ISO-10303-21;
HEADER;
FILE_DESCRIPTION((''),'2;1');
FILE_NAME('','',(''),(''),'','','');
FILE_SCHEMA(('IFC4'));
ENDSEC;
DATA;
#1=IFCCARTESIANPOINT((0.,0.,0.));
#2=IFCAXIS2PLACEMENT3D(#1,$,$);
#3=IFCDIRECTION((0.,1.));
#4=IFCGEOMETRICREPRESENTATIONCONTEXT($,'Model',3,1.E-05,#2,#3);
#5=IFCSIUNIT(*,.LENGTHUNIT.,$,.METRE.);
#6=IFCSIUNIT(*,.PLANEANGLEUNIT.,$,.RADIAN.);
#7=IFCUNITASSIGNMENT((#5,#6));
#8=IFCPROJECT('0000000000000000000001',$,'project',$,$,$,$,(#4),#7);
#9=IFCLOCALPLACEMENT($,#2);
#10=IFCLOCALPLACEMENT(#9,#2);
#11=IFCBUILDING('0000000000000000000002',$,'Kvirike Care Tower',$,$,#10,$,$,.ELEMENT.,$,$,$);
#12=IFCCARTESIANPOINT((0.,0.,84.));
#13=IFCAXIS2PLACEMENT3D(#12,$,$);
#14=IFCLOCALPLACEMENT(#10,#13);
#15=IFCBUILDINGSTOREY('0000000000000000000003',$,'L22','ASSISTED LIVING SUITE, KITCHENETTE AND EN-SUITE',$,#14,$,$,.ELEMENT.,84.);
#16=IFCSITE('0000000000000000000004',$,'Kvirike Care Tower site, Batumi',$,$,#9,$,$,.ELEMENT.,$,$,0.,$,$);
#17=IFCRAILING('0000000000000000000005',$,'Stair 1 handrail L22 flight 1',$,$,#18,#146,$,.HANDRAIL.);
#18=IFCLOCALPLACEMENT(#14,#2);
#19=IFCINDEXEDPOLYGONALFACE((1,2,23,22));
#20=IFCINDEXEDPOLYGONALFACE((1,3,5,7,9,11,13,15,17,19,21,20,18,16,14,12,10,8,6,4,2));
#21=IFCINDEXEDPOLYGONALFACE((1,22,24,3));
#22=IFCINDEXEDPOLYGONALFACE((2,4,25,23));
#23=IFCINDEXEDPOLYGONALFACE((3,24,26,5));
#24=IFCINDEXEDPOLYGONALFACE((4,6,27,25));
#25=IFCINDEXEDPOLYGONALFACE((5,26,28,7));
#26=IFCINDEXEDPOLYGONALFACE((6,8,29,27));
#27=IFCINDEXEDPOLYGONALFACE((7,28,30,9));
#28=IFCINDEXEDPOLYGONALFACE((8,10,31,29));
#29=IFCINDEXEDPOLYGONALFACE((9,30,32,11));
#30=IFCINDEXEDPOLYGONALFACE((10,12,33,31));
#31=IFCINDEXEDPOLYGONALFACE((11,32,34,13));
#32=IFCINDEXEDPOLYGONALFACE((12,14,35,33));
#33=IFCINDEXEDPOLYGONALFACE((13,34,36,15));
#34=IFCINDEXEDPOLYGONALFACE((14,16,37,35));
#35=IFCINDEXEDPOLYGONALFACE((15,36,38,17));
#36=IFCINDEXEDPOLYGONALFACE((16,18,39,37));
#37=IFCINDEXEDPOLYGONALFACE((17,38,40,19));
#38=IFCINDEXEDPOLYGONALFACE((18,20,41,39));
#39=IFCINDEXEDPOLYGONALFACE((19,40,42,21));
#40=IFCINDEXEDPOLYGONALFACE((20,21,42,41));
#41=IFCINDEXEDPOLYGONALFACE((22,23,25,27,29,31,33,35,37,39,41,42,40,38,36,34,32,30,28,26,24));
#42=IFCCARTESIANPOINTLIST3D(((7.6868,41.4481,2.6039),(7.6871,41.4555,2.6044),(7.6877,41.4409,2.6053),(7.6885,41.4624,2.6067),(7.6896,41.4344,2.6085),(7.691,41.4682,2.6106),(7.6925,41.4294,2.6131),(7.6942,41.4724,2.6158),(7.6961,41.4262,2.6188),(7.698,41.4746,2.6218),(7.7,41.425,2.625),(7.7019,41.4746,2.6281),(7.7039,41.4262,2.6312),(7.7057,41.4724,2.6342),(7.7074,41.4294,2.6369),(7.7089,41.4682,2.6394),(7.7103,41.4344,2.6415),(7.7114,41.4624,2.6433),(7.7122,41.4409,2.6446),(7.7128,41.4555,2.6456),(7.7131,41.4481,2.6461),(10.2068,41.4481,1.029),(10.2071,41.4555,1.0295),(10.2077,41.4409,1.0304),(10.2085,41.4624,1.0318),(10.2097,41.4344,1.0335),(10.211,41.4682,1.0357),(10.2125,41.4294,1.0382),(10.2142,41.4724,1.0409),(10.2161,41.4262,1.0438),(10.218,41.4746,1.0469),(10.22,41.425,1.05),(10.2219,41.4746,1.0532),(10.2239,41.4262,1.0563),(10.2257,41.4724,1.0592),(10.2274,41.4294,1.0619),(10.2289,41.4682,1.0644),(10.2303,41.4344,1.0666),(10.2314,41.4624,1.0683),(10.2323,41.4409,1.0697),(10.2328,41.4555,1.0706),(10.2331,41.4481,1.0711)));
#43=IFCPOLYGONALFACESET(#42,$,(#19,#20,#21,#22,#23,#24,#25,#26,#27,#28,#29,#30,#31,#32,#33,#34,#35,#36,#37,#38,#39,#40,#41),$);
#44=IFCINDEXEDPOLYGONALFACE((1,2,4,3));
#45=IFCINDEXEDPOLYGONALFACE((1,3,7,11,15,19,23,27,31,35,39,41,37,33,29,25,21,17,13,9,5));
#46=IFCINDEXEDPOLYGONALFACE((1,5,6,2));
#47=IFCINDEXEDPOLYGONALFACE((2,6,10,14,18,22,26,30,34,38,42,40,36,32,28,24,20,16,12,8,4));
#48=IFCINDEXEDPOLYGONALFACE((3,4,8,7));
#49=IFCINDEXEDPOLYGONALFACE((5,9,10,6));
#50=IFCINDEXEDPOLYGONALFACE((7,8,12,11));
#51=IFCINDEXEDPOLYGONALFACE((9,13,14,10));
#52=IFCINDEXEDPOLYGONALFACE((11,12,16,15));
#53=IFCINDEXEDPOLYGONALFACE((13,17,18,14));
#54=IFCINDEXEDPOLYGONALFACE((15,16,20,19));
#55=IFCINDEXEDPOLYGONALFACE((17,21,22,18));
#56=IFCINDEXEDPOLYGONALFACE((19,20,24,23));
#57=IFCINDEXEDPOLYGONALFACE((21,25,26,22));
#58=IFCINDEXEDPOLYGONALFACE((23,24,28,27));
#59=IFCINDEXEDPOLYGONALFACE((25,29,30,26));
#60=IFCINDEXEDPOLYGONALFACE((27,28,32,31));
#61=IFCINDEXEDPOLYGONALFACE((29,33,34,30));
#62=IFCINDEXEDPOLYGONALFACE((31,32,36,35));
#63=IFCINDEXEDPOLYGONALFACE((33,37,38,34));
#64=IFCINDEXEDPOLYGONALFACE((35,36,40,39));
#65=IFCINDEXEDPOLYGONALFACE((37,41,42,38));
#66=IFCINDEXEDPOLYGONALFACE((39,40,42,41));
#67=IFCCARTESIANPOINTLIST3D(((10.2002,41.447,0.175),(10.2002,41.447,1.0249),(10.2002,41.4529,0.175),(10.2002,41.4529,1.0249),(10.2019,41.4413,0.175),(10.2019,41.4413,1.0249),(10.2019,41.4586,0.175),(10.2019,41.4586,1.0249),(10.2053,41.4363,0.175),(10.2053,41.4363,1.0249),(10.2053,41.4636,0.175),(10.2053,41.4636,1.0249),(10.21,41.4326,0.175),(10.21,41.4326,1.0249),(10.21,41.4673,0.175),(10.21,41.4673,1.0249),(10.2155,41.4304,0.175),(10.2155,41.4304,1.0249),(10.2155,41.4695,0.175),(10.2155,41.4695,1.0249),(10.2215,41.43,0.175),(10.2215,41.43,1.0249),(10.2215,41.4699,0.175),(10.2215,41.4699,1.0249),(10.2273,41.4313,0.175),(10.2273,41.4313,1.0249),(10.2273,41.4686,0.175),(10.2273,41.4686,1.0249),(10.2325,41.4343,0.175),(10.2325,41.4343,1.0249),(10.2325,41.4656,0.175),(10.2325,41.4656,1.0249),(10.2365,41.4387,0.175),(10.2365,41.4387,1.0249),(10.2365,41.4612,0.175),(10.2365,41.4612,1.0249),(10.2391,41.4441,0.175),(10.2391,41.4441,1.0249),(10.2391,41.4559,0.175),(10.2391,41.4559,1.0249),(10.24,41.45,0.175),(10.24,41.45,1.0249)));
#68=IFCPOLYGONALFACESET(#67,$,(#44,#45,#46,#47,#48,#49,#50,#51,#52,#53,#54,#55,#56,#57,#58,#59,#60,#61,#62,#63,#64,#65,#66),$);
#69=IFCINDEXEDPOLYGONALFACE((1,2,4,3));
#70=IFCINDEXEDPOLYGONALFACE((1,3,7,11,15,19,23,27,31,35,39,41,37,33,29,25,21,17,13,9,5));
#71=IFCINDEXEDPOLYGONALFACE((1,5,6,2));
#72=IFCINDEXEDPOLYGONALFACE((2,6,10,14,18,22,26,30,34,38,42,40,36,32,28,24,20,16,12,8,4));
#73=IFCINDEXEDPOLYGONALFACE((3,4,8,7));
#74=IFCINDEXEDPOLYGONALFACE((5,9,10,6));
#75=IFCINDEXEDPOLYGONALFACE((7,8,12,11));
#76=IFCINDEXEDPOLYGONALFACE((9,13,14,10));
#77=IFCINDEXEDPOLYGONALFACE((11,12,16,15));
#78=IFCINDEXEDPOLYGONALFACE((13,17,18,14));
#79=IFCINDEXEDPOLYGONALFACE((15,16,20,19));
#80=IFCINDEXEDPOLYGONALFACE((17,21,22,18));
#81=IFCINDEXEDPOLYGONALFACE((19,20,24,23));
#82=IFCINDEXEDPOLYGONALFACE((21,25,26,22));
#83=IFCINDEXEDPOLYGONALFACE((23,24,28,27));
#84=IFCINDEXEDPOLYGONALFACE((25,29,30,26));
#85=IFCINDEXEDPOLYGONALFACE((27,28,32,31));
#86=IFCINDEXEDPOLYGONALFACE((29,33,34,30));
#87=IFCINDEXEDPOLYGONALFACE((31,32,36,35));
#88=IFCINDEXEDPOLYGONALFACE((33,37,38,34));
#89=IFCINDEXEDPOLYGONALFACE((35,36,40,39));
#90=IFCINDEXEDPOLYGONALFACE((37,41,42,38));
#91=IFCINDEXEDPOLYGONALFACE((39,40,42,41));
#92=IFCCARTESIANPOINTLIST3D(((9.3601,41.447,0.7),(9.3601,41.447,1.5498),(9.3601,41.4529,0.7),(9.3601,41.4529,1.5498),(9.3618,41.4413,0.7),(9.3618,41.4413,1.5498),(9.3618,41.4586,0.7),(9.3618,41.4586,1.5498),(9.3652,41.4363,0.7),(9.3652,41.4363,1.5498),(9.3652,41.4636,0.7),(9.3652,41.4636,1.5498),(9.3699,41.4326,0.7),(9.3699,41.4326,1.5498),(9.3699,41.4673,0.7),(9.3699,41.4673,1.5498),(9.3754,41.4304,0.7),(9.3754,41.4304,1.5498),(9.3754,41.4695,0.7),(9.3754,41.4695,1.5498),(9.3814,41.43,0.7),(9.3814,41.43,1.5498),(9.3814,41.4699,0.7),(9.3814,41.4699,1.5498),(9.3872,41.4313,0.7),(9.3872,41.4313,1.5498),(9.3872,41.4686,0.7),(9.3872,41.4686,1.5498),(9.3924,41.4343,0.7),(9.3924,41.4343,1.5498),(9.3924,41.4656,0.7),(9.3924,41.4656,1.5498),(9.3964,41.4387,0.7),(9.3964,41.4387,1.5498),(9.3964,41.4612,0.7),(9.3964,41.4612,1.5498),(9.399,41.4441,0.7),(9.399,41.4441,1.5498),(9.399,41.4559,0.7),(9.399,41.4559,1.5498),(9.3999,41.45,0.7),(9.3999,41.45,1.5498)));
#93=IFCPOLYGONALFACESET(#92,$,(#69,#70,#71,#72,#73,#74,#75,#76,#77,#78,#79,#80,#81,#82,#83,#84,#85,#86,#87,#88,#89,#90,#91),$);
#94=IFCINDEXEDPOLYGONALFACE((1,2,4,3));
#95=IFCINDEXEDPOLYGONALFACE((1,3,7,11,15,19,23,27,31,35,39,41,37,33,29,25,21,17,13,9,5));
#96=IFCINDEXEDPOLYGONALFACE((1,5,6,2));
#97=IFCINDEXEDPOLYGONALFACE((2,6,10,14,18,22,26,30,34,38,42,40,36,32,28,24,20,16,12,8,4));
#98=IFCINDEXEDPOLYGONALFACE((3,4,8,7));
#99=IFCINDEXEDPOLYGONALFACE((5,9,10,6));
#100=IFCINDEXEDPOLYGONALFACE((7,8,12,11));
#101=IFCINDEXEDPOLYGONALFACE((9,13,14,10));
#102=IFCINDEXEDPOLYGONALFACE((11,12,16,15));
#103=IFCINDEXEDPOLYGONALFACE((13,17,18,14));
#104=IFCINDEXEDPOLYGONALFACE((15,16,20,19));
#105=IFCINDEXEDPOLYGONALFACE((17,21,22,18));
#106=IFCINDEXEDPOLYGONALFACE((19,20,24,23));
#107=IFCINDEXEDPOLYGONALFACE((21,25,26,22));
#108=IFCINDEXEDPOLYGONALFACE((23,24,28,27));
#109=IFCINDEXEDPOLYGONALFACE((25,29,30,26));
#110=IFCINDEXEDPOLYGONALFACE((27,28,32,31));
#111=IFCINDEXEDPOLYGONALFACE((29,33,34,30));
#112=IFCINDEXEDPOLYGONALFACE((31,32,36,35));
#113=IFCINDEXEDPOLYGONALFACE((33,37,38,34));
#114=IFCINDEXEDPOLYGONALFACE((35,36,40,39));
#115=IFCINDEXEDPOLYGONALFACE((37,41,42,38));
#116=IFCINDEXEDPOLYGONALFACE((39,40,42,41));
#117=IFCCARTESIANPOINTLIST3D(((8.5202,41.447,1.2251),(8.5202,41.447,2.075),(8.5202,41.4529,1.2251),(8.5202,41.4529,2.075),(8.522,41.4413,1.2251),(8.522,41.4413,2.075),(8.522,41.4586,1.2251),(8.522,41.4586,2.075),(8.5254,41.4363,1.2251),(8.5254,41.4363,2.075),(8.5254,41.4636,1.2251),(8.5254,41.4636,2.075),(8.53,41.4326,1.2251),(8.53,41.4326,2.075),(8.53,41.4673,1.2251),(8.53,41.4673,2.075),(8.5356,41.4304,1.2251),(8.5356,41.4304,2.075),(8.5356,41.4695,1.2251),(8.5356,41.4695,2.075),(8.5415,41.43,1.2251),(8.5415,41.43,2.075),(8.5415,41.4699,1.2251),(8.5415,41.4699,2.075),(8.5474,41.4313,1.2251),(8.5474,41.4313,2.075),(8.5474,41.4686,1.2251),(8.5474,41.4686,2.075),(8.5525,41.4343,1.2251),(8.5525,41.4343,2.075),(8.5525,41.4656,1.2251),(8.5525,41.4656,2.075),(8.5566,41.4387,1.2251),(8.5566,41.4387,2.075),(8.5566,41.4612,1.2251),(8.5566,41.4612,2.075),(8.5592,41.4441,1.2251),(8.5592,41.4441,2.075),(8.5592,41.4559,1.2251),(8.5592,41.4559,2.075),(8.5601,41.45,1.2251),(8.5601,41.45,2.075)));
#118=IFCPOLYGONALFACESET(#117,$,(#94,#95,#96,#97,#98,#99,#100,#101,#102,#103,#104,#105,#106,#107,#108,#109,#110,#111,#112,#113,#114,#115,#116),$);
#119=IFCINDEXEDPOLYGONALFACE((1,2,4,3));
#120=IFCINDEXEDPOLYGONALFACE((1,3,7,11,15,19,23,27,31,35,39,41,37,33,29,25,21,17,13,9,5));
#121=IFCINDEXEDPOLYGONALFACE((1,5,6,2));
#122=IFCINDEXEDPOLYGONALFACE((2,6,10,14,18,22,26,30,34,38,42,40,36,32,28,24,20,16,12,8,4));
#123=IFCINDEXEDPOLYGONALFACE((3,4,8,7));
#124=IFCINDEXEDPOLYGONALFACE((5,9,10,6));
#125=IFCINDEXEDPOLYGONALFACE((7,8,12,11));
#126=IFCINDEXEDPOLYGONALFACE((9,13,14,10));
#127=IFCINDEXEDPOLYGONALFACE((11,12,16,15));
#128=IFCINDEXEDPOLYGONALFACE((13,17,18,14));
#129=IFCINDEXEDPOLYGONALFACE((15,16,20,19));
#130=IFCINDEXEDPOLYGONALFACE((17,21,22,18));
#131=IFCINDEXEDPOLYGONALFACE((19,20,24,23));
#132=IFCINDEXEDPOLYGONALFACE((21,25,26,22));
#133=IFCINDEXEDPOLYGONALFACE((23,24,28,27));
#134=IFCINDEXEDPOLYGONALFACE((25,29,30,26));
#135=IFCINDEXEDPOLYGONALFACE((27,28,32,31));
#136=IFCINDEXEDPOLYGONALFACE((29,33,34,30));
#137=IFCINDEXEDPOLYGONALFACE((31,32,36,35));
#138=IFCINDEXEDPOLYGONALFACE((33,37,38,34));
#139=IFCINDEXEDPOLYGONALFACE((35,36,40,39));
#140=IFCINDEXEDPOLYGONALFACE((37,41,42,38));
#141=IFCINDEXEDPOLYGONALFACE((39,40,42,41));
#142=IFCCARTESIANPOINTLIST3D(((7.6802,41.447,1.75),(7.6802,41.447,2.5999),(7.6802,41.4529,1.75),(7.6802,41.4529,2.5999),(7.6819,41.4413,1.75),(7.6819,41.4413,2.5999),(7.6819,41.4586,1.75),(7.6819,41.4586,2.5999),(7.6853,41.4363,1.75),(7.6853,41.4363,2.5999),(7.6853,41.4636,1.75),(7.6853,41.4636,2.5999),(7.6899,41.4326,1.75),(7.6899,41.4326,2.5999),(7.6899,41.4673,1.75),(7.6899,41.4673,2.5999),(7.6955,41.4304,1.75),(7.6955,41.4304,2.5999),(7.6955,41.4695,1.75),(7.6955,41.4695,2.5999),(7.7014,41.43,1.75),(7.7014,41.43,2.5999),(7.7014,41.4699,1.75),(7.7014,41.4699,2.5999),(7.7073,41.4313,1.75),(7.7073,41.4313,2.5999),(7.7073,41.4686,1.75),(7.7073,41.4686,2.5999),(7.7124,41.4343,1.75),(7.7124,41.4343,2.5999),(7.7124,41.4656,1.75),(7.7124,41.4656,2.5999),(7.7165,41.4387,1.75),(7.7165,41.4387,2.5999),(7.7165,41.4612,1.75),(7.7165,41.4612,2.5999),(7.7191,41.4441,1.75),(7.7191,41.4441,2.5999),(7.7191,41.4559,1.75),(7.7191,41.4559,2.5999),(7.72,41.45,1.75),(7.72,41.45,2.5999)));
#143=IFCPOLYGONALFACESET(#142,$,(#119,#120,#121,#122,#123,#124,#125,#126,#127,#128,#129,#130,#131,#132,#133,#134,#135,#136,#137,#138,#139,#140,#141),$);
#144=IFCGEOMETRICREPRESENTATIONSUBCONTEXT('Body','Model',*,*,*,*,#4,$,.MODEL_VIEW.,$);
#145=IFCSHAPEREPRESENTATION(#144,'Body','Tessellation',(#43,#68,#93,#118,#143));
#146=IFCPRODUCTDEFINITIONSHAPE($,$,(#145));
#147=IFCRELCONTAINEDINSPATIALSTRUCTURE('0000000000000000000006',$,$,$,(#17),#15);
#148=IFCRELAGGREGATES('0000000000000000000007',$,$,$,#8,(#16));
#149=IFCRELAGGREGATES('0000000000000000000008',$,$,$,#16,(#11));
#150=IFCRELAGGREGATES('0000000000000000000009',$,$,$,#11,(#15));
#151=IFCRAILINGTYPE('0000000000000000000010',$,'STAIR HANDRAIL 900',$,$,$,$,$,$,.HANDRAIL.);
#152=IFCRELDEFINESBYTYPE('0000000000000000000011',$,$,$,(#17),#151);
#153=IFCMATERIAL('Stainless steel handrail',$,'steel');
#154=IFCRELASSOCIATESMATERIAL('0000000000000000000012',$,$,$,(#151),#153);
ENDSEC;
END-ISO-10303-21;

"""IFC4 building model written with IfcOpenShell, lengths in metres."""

from ifc_helpers import new_model, si_unit, direction, frame, origin, origin_2d, place, context, subcontext, project, spatial, circle, extrude, material, type_object, element, save


model = new_model("IFC4")

# Units and contexts
model_context = context("Model", 3, precision=1e-05, world=origin(), true_north=direction((0.0, 1.0)))
body_context = subcontext(model_context, "Body", "Model", "MODEL_VIEW")
ifc_project = project(units=[si_unit("LENGTHUNIT", "METRE"), si_unit("PLANEANGLEUNIT", "RADIAN")], contexts=[model_context])

# Site, building, storey
site_placement = place(None, origin())
site = spatial("IfcSite", under=ifc_project, at=site_placement, Name="Kvirike Care Tower site, Batumi", CompositionType="ELEMENT", RefElevation=0.0)
building_placement = place(site_placement, origin())
building = spatial("IfcBuilding", under=site, at=building_placement, Name="Kvirike Care Tower", CompositionType="ELEMENT")
storey_placement = place(building_placement, frame((0.0, 0.0, 84.0)))
storey = spatial("IfcBuildingStorey", under=building, at=storey_placement, Name="L22", Description="ASSISTED LIVING SUITE, KITCHENETTE AND EN-SUITE", CompositionType="ELEMENT", Elevation=84.0)

# Railing
ifc_material_1 = material(Name="Stainless steel handrail", Category="steel")
railing_type = type_object("IfcRailingType", Name="STAIR HANDRAIL 900", PredefinedType="HANDRAIL", material=ifc_material_1)
railing_1_placement = place(storey_placement, frame((10.22, 41.45, 0.175)))
element("IfcRailing", 1, at=railing_1_placement, inside=storey, type_object=railing_type, Name="Stair 1 handrail L22 flight 1", PredefinedType="HANDRAIL", context=body_context, shape_type="SweptSolid", body=[
    extrude(circle(Radius=0.0249, at=origin_2d()), frame((0.0, 0.0, 0.875), z_axis=(-0.848008, 0.0, 0.529984), x_axis=(0.0, -1.0, 0.0)), (0.0, 0.0, 1.0), 2.9717),
    extrude(circle(Radius=0.02, at=origin_2d()), origin(), (0.0, 0.0, 1.0), 0.8499),
    extrude(circle(Radius=0.02, at=origin_2d()), frame((-0.8401, 0.0, 0.5249)), (0.0, 0.0, 1.0), 0.8499),
    extrude(circle(Radius=0.02, at=origin_2d()), frame((-1.6799, 0.0, 1.05)), (0.0, 0.0, 1.0), 0.8499),
    extrude(circle(Radius=0.02, at=origin_2d()), frame((-2.52, 0.0, 1.575)), (0.0, 0.0, 1.0), 0.8499),
])

save(model, "model.ifc")
